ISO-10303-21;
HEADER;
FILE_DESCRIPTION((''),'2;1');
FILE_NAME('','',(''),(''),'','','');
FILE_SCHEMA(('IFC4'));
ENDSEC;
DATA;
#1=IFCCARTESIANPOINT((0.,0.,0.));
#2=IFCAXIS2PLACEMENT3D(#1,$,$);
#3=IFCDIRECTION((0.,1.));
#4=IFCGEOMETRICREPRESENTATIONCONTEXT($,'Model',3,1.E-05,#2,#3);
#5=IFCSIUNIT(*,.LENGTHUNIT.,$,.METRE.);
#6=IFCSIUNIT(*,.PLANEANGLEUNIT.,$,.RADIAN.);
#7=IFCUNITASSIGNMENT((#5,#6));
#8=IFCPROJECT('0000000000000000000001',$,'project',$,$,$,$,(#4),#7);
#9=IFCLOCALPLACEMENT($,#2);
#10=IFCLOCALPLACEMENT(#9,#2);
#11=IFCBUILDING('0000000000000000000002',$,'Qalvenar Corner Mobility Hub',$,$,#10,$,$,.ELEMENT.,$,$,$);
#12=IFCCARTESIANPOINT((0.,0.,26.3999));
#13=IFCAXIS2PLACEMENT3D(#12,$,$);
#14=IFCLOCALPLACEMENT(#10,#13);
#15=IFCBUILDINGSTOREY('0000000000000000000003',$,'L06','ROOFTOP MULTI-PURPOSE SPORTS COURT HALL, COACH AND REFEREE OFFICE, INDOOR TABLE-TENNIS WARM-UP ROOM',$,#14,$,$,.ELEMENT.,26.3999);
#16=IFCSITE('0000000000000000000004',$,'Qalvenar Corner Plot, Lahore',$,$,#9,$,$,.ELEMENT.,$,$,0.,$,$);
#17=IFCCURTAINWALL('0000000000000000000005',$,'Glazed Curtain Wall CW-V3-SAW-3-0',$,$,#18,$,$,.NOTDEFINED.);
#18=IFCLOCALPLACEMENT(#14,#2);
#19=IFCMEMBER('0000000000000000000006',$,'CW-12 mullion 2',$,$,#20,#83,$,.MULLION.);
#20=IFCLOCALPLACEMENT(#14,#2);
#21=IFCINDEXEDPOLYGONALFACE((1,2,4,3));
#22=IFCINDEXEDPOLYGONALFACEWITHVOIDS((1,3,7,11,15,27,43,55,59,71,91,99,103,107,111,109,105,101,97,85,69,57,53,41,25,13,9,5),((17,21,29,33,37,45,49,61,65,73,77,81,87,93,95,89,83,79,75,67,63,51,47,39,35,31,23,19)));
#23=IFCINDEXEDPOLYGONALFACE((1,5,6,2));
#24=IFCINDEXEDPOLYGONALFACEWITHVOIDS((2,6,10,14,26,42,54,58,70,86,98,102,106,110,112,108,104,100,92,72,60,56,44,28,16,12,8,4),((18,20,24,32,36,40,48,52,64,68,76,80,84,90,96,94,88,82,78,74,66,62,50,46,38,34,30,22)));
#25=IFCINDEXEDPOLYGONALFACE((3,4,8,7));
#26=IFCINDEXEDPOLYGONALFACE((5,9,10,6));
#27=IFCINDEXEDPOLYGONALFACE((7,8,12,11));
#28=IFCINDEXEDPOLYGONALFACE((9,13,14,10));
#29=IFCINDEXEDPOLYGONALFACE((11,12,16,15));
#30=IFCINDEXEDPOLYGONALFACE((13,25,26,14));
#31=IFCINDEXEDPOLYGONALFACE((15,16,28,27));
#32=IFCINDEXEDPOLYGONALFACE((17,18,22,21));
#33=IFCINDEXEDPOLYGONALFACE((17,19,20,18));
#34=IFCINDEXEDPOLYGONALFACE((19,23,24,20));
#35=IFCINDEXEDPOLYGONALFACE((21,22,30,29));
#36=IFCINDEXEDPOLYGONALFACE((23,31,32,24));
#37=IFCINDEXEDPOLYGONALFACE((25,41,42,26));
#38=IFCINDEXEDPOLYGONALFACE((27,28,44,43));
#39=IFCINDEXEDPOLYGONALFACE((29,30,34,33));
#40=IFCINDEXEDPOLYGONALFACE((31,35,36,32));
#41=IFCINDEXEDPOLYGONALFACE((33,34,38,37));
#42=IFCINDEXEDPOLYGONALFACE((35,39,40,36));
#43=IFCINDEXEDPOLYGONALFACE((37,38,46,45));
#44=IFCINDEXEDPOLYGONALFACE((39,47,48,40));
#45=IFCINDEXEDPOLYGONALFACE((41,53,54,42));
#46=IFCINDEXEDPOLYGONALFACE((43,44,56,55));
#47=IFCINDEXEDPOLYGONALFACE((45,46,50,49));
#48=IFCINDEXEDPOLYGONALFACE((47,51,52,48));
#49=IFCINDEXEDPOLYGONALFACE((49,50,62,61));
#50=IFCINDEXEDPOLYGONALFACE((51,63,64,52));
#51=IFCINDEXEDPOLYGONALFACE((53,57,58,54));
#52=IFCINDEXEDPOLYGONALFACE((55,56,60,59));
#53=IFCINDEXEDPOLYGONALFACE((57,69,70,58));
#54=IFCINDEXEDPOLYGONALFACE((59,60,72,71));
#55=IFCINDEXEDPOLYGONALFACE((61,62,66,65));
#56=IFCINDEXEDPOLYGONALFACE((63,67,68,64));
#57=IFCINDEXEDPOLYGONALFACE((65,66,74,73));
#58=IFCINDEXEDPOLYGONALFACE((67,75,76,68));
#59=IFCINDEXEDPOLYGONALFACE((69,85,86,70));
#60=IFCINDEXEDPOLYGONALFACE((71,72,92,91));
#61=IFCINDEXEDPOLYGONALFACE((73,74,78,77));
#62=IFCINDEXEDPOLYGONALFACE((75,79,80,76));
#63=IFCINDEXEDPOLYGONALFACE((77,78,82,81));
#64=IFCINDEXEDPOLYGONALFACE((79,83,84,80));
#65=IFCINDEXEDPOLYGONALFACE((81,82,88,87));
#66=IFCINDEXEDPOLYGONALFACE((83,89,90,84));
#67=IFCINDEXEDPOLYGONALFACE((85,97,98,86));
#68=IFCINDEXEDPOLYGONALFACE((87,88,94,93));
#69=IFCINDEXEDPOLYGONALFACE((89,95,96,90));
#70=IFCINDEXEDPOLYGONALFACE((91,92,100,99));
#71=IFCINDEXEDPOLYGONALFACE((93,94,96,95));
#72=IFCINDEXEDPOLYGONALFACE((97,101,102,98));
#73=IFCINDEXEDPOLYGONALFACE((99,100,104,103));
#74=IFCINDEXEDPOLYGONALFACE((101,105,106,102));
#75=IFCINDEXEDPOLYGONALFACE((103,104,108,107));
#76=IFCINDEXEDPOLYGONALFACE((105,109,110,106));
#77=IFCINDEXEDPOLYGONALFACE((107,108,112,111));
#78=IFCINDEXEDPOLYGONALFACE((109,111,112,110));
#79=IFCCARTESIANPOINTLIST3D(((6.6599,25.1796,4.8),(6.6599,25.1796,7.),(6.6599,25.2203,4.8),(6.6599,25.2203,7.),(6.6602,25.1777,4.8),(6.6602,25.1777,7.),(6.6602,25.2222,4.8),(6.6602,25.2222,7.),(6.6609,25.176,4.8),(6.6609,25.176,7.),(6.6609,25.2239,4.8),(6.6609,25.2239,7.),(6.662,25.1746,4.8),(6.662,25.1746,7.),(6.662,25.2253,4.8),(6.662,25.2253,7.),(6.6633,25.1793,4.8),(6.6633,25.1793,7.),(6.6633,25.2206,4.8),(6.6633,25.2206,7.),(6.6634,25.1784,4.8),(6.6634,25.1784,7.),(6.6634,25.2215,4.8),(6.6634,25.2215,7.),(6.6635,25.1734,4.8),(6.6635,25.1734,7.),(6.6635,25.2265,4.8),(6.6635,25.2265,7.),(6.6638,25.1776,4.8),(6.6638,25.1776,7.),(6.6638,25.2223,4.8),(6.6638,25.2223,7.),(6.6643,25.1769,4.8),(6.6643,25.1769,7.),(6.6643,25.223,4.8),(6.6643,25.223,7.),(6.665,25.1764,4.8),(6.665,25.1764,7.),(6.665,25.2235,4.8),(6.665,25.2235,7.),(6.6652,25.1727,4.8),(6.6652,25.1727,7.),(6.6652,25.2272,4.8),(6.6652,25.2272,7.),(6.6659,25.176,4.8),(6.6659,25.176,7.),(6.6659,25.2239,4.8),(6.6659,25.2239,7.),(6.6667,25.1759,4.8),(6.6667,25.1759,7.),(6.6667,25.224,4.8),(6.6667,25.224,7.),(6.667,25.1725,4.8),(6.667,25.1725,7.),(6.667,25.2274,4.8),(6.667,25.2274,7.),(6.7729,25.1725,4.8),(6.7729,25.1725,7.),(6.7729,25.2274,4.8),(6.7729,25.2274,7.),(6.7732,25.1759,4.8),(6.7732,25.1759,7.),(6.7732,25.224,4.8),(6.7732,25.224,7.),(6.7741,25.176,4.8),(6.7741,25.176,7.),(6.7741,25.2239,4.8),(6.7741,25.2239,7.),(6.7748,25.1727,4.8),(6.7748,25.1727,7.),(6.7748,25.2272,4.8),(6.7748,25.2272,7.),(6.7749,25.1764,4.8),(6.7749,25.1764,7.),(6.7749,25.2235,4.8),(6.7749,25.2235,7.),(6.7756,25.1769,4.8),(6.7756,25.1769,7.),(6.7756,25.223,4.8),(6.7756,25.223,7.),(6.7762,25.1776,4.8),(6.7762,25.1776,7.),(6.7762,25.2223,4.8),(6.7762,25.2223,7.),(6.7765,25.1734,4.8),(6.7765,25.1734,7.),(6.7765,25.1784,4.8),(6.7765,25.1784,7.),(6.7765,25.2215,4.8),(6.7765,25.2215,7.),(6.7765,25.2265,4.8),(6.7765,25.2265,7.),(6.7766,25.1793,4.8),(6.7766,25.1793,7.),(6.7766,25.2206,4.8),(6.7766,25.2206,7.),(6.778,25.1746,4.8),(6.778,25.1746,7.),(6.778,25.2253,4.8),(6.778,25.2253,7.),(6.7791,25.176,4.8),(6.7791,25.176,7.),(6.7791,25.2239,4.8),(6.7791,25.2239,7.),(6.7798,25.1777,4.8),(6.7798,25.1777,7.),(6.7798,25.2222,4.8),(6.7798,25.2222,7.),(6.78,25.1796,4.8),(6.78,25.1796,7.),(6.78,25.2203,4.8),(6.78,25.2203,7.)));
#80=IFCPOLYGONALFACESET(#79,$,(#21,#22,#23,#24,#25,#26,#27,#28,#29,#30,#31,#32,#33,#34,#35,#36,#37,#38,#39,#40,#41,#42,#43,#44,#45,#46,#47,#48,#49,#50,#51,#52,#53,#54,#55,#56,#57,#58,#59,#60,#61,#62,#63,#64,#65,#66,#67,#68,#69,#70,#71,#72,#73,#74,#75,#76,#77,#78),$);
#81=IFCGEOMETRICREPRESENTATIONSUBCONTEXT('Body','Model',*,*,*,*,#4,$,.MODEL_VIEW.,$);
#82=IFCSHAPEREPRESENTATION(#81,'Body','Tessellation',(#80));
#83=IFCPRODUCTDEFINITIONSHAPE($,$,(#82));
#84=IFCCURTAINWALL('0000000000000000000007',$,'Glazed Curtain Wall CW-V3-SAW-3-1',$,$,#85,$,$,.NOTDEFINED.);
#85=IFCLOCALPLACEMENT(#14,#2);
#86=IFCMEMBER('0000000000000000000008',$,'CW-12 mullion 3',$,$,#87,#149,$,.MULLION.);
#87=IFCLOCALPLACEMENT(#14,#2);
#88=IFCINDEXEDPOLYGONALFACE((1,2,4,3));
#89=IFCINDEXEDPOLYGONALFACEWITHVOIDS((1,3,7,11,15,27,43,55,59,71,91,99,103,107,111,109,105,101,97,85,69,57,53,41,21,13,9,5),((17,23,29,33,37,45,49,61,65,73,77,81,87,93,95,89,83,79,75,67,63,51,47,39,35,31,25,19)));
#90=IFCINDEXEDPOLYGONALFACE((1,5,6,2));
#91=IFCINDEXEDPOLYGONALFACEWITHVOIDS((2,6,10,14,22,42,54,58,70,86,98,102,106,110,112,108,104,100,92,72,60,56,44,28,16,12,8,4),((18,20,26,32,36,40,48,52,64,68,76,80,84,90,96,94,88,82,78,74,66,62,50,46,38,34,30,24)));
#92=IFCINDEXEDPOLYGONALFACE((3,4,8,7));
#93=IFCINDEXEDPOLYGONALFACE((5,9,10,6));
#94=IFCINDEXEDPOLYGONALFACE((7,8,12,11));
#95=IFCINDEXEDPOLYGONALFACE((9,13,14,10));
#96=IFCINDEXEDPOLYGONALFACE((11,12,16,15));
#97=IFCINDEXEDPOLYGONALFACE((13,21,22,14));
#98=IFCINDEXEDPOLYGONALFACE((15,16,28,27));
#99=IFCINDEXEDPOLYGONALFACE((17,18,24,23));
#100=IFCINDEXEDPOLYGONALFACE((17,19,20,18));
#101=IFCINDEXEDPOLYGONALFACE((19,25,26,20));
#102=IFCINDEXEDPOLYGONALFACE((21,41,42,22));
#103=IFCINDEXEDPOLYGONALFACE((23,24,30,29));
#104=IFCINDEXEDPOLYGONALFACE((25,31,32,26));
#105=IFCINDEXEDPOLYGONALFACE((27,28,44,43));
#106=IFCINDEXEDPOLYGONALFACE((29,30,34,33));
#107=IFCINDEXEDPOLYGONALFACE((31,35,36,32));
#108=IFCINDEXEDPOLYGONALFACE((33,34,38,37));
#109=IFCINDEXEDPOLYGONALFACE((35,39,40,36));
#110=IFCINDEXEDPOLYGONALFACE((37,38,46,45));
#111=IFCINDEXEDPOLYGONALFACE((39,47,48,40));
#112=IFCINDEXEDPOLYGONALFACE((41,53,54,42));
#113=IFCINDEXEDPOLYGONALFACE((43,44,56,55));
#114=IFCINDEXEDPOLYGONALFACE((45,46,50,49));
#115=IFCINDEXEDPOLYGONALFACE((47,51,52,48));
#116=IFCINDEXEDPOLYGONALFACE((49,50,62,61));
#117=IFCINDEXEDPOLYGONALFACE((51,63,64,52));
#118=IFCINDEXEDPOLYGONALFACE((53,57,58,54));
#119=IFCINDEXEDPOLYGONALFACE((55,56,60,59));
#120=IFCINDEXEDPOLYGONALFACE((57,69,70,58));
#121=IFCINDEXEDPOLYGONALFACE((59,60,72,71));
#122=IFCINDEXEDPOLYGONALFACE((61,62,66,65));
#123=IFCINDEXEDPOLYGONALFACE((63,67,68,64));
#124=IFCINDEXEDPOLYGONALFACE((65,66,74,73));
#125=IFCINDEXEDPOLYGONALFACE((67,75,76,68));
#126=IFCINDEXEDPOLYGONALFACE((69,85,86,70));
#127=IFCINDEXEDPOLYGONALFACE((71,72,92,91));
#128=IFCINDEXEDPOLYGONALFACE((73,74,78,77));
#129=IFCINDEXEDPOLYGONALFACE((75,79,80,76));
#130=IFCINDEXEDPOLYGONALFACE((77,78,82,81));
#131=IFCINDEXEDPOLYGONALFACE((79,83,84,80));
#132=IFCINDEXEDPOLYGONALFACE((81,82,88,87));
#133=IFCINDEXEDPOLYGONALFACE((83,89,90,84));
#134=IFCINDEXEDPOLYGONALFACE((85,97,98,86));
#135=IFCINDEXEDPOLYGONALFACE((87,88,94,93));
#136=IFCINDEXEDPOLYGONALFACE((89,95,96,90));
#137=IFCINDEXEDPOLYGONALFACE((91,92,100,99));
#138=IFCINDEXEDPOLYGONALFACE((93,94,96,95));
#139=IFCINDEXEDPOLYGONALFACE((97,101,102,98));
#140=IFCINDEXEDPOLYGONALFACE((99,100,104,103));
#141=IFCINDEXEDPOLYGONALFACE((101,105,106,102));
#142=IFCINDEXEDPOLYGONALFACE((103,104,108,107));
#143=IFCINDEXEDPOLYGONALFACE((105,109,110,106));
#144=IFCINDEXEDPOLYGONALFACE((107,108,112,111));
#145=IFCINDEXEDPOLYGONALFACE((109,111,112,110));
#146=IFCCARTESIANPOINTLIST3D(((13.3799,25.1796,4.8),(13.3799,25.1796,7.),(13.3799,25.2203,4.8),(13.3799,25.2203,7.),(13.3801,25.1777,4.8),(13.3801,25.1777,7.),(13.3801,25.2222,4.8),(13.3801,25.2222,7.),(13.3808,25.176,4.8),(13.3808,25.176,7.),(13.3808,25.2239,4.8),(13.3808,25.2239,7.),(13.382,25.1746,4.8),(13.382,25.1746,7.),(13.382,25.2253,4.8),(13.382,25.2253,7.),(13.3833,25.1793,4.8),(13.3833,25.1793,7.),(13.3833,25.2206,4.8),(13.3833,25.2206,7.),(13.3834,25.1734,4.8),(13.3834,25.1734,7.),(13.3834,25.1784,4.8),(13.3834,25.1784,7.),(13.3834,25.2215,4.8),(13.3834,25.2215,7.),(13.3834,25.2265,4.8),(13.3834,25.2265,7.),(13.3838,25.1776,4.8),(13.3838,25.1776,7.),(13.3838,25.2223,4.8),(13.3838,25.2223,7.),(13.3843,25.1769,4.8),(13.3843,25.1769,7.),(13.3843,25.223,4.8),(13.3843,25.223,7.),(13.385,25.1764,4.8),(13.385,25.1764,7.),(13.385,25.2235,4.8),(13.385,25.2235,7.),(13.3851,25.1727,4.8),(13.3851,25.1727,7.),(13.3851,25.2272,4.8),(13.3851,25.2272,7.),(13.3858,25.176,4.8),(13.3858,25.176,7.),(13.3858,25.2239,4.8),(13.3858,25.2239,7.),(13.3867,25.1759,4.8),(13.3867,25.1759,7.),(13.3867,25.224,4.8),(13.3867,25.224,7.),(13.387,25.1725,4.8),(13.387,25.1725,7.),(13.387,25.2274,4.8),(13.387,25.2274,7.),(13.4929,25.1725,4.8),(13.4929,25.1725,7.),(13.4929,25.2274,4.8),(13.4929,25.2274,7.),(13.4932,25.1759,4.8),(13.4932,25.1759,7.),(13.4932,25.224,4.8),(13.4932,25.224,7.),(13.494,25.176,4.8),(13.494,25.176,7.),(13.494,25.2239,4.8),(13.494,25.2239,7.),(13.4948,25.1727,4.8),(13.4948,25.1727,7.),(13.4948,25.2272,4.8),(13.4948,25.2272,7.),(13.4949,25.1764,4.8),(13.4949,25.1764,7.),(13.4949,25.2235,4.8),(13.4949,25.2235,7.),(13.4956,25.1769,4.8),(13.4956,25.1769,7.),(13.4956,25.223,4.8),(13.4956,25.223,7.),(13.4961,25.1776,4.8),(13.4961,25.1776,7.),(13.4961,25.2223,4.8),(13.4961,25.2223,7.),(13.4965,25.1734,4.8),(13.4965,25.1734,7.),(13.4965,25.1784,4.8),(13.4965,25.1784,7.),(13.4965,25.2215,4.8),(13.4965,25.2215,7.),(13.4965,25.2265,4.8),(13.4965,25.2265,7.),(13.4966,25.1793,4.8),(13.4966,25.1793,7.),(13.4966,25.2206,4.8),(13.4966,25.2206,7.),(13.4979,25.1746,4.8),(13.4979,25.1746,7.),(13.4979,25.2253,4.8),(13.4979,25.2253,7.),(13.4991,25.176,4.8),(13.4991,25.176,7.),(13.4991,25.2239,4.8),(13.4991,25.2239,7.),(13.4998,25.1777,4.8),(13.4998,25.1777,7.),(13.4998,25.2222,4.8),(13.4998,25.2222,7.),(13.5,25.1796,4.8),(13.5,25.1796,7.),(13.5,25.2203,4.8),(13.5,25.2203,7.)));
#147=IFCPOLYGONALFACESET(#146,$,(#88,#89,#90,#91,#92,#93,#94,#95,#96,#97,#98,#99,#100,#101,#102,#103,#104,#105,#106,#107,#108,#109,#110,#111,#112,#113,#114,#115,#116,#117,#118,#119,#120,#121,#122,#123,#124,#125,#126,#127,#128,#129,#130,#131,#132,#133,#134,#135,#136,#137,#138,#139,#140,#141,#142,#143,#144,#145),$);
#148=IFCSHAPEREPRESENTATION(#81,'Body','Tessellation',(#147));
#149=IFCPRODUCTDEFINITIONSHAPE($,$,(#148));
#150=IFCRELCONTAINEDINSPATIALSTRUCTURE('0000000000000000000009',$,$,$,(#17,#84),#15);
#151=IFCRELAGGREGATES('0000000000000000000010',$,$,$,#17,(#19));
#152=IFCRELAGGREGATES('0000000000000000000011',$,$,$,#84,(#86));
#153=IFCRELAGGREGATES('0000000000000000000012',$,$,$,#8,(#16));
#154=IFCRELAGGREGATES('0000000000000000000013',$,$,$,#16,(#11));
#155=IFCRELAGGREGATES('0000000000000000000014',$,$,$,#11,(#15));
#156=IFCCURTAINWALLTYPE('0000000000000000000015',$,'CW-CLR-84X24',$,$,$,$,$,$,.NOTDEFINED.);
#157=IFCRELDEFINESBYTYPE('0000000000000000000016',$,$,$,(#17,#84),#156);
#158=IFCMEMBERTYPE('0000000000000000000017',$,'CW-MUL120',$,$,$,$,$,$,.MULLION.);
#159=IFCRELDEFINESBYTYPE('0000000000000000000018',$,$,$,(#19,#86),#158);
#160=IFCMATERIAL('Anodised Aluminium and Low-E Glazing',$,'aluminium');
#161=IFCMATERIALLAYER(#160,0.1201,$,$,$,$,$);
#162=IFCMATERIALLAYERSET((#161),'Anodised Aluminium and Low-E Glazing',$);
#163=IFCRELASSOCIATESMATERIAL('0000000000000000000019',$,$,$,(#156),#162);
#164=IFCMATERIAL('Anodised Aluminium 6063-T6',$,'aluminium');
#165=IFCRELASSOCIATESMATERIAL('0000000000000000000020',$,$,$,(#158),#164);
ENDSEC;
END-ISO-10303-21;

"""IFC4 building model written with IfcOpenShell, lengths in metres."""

from ifc_helpers import new_model, si_unit, direction, frame, origin, origin_2d, place, context, subcontext, project, spatial, hollow_rectangle, extrude, material, layer, layer_set, material_profile, profile_set, type_object, element, aggregate, save


model = new_model("IFC4")

# Units and contexts
model_context = context("Model", 3, precision=1e-05, world=origin(), true_north=direction((0.0, 1.0)))
body_context = subcontext(model_context, "Body", "Model", "MODEL_VIEW")
ifc_project = project(units=[si_unit("LENGTHUNIT", "METRE"), si_unit("PLANEANGLEUNIT", "RADIAN")], contexts=[model_context])

# Site, building, storey
site_placement = place(None, origin())
site = spatial("IfcSite", under=ifc_project, at=site_placement, Name="Qalvenar Corner Plot, Lahore", CompositionType="ELEMENT", RefElevation=0.0)
building_placement = place(site_placement, origin())
building = spatial("IfcBuilding", under=site, at=building_placement, Name="Qalvenar Corner Mobility Hub", CompositionType="ELEMENT")
storey_placement = place(building_placement, frame((0.0, 0.0, 26.3999)))
storey = spatial("IfcBuildingStorey", under=building, at=storey_placement, Name="L06", Description="ROOFTOP MULTI-PURPOSE SPORTS COURT HALL, COACH AND REFEREE OFFICE, INDOOR TABLE-TENNIS WARM-UP ROOM", CompositionType="ELEMENT", Elevation=26.3999)

# Curtain walls, members
ifc_material_1 = material(Name="Anodised Aluminium and Low-E Glazing", Category="aluminium")
ifc_layer_1 = layer(ifc_material_1, 0.1201)
ifc_layer_set_1 = layer_set([ifc_layer_1], Name="Anodised Aluminium and Low-E Glazing")
curtain_wall_type = type_object("IfcCurtainWallType", Name="CW-CLR-84X24", PredefinedType="NOTDEFINED", material=ifc_layer_set_1)
curtain_wall_1_placement = place(storey_placement, origin())
curtain_wall_1 = element("IfcCurtainWall", 1, at=curtain_wall_1_placement, inside=storey, type_object=curtain_wall_type, Name="Glazed Curtain Wall CW-V3-SAW-3-0", PredefinedType="NOTDEFINED")
ifc_material_2 = material(Name="Anodised Aluminium 6063-T6", Category="aluminium")
ifc_material_profile_1 = material_profile(ifc_material_2, hollow_rectangle(XDim=0.0549, YDim=0.1201, WallThickness=0.0034, InnerFilletRadius=0.0034, OuterFilletRadius=0.0071, at=origin_2d()), Name="RHS120x55x3.5")
ifc_profile_set_1 = profile_set([ifc_material_profile_1], Name="Anodised Aluminium 6063-T6")
member_type_1 = type_object("IfcMemberType", Name="CW-MUL120", PredefinedType="MULLION", material=ifc_profile_set_1)
member_1_placement = place(storey_placement, frame((6.72, 25.2, 4.8), z_axis=(0.0, 0.0, 1.0), x_axis=(0.0, -1.0, 0.0)))
member_1 = element("IfcMember", 2, at=member_1_placement, type_object=member_type_1, Name="CW-12 mullion 2", PredefinedType="MULLION", context=body_context, shape_type="SweptSolid", body=[
    extrude(hollow_rectangle(XDim=0.0549, YDim=0.1201, WallThickness=0.0034, InnerFilletRadius=0.0034, OuterFilletRadius=0.0071, at=origin_2d()), origin(), (0.0, 0.0, 1.0), 2.2),
])
curtain_wall_2_placement = place(storey_placement, origin())
curtain_wall_2 = element("IfcCurtainWall", 3, at=curtain_wall_2_placement, inside=storey, type_object=curtain_wall_type, Name="Glazed Curtain Wall CW-V3-SAW-3-1", PredefinedType="NOTDEFINED")
member_2_placement = place(storey_placement, frame((13.4399, 25.2, 4.8), z_axis=(0.0, 0.0, 1.0), x_axis=(0.0, -1.0, 0.0)))
member_2 = element("IfcMember", 4, at=member_2_placement, type_object=member_type_1, Name="CW-12 mullion 3", PredefinedType="MULLION", context=body_context, shape_type="SweptSolid", body=[
    extrude(hollow_rectangle(XDim=0.0549, YDim=0.1201, WallThickness=0.0034, InnerFilletRadius=0.0034, OuterFilletRadius=0.0071, at=origin_2d()), origin(), (0.0, 0.0, 1.0), 2.2),
])

aggregate(curtain_wall_1, [member_1])
aggregate(curtain_wall_2, [member_2])

save(model, "model.ifc")
